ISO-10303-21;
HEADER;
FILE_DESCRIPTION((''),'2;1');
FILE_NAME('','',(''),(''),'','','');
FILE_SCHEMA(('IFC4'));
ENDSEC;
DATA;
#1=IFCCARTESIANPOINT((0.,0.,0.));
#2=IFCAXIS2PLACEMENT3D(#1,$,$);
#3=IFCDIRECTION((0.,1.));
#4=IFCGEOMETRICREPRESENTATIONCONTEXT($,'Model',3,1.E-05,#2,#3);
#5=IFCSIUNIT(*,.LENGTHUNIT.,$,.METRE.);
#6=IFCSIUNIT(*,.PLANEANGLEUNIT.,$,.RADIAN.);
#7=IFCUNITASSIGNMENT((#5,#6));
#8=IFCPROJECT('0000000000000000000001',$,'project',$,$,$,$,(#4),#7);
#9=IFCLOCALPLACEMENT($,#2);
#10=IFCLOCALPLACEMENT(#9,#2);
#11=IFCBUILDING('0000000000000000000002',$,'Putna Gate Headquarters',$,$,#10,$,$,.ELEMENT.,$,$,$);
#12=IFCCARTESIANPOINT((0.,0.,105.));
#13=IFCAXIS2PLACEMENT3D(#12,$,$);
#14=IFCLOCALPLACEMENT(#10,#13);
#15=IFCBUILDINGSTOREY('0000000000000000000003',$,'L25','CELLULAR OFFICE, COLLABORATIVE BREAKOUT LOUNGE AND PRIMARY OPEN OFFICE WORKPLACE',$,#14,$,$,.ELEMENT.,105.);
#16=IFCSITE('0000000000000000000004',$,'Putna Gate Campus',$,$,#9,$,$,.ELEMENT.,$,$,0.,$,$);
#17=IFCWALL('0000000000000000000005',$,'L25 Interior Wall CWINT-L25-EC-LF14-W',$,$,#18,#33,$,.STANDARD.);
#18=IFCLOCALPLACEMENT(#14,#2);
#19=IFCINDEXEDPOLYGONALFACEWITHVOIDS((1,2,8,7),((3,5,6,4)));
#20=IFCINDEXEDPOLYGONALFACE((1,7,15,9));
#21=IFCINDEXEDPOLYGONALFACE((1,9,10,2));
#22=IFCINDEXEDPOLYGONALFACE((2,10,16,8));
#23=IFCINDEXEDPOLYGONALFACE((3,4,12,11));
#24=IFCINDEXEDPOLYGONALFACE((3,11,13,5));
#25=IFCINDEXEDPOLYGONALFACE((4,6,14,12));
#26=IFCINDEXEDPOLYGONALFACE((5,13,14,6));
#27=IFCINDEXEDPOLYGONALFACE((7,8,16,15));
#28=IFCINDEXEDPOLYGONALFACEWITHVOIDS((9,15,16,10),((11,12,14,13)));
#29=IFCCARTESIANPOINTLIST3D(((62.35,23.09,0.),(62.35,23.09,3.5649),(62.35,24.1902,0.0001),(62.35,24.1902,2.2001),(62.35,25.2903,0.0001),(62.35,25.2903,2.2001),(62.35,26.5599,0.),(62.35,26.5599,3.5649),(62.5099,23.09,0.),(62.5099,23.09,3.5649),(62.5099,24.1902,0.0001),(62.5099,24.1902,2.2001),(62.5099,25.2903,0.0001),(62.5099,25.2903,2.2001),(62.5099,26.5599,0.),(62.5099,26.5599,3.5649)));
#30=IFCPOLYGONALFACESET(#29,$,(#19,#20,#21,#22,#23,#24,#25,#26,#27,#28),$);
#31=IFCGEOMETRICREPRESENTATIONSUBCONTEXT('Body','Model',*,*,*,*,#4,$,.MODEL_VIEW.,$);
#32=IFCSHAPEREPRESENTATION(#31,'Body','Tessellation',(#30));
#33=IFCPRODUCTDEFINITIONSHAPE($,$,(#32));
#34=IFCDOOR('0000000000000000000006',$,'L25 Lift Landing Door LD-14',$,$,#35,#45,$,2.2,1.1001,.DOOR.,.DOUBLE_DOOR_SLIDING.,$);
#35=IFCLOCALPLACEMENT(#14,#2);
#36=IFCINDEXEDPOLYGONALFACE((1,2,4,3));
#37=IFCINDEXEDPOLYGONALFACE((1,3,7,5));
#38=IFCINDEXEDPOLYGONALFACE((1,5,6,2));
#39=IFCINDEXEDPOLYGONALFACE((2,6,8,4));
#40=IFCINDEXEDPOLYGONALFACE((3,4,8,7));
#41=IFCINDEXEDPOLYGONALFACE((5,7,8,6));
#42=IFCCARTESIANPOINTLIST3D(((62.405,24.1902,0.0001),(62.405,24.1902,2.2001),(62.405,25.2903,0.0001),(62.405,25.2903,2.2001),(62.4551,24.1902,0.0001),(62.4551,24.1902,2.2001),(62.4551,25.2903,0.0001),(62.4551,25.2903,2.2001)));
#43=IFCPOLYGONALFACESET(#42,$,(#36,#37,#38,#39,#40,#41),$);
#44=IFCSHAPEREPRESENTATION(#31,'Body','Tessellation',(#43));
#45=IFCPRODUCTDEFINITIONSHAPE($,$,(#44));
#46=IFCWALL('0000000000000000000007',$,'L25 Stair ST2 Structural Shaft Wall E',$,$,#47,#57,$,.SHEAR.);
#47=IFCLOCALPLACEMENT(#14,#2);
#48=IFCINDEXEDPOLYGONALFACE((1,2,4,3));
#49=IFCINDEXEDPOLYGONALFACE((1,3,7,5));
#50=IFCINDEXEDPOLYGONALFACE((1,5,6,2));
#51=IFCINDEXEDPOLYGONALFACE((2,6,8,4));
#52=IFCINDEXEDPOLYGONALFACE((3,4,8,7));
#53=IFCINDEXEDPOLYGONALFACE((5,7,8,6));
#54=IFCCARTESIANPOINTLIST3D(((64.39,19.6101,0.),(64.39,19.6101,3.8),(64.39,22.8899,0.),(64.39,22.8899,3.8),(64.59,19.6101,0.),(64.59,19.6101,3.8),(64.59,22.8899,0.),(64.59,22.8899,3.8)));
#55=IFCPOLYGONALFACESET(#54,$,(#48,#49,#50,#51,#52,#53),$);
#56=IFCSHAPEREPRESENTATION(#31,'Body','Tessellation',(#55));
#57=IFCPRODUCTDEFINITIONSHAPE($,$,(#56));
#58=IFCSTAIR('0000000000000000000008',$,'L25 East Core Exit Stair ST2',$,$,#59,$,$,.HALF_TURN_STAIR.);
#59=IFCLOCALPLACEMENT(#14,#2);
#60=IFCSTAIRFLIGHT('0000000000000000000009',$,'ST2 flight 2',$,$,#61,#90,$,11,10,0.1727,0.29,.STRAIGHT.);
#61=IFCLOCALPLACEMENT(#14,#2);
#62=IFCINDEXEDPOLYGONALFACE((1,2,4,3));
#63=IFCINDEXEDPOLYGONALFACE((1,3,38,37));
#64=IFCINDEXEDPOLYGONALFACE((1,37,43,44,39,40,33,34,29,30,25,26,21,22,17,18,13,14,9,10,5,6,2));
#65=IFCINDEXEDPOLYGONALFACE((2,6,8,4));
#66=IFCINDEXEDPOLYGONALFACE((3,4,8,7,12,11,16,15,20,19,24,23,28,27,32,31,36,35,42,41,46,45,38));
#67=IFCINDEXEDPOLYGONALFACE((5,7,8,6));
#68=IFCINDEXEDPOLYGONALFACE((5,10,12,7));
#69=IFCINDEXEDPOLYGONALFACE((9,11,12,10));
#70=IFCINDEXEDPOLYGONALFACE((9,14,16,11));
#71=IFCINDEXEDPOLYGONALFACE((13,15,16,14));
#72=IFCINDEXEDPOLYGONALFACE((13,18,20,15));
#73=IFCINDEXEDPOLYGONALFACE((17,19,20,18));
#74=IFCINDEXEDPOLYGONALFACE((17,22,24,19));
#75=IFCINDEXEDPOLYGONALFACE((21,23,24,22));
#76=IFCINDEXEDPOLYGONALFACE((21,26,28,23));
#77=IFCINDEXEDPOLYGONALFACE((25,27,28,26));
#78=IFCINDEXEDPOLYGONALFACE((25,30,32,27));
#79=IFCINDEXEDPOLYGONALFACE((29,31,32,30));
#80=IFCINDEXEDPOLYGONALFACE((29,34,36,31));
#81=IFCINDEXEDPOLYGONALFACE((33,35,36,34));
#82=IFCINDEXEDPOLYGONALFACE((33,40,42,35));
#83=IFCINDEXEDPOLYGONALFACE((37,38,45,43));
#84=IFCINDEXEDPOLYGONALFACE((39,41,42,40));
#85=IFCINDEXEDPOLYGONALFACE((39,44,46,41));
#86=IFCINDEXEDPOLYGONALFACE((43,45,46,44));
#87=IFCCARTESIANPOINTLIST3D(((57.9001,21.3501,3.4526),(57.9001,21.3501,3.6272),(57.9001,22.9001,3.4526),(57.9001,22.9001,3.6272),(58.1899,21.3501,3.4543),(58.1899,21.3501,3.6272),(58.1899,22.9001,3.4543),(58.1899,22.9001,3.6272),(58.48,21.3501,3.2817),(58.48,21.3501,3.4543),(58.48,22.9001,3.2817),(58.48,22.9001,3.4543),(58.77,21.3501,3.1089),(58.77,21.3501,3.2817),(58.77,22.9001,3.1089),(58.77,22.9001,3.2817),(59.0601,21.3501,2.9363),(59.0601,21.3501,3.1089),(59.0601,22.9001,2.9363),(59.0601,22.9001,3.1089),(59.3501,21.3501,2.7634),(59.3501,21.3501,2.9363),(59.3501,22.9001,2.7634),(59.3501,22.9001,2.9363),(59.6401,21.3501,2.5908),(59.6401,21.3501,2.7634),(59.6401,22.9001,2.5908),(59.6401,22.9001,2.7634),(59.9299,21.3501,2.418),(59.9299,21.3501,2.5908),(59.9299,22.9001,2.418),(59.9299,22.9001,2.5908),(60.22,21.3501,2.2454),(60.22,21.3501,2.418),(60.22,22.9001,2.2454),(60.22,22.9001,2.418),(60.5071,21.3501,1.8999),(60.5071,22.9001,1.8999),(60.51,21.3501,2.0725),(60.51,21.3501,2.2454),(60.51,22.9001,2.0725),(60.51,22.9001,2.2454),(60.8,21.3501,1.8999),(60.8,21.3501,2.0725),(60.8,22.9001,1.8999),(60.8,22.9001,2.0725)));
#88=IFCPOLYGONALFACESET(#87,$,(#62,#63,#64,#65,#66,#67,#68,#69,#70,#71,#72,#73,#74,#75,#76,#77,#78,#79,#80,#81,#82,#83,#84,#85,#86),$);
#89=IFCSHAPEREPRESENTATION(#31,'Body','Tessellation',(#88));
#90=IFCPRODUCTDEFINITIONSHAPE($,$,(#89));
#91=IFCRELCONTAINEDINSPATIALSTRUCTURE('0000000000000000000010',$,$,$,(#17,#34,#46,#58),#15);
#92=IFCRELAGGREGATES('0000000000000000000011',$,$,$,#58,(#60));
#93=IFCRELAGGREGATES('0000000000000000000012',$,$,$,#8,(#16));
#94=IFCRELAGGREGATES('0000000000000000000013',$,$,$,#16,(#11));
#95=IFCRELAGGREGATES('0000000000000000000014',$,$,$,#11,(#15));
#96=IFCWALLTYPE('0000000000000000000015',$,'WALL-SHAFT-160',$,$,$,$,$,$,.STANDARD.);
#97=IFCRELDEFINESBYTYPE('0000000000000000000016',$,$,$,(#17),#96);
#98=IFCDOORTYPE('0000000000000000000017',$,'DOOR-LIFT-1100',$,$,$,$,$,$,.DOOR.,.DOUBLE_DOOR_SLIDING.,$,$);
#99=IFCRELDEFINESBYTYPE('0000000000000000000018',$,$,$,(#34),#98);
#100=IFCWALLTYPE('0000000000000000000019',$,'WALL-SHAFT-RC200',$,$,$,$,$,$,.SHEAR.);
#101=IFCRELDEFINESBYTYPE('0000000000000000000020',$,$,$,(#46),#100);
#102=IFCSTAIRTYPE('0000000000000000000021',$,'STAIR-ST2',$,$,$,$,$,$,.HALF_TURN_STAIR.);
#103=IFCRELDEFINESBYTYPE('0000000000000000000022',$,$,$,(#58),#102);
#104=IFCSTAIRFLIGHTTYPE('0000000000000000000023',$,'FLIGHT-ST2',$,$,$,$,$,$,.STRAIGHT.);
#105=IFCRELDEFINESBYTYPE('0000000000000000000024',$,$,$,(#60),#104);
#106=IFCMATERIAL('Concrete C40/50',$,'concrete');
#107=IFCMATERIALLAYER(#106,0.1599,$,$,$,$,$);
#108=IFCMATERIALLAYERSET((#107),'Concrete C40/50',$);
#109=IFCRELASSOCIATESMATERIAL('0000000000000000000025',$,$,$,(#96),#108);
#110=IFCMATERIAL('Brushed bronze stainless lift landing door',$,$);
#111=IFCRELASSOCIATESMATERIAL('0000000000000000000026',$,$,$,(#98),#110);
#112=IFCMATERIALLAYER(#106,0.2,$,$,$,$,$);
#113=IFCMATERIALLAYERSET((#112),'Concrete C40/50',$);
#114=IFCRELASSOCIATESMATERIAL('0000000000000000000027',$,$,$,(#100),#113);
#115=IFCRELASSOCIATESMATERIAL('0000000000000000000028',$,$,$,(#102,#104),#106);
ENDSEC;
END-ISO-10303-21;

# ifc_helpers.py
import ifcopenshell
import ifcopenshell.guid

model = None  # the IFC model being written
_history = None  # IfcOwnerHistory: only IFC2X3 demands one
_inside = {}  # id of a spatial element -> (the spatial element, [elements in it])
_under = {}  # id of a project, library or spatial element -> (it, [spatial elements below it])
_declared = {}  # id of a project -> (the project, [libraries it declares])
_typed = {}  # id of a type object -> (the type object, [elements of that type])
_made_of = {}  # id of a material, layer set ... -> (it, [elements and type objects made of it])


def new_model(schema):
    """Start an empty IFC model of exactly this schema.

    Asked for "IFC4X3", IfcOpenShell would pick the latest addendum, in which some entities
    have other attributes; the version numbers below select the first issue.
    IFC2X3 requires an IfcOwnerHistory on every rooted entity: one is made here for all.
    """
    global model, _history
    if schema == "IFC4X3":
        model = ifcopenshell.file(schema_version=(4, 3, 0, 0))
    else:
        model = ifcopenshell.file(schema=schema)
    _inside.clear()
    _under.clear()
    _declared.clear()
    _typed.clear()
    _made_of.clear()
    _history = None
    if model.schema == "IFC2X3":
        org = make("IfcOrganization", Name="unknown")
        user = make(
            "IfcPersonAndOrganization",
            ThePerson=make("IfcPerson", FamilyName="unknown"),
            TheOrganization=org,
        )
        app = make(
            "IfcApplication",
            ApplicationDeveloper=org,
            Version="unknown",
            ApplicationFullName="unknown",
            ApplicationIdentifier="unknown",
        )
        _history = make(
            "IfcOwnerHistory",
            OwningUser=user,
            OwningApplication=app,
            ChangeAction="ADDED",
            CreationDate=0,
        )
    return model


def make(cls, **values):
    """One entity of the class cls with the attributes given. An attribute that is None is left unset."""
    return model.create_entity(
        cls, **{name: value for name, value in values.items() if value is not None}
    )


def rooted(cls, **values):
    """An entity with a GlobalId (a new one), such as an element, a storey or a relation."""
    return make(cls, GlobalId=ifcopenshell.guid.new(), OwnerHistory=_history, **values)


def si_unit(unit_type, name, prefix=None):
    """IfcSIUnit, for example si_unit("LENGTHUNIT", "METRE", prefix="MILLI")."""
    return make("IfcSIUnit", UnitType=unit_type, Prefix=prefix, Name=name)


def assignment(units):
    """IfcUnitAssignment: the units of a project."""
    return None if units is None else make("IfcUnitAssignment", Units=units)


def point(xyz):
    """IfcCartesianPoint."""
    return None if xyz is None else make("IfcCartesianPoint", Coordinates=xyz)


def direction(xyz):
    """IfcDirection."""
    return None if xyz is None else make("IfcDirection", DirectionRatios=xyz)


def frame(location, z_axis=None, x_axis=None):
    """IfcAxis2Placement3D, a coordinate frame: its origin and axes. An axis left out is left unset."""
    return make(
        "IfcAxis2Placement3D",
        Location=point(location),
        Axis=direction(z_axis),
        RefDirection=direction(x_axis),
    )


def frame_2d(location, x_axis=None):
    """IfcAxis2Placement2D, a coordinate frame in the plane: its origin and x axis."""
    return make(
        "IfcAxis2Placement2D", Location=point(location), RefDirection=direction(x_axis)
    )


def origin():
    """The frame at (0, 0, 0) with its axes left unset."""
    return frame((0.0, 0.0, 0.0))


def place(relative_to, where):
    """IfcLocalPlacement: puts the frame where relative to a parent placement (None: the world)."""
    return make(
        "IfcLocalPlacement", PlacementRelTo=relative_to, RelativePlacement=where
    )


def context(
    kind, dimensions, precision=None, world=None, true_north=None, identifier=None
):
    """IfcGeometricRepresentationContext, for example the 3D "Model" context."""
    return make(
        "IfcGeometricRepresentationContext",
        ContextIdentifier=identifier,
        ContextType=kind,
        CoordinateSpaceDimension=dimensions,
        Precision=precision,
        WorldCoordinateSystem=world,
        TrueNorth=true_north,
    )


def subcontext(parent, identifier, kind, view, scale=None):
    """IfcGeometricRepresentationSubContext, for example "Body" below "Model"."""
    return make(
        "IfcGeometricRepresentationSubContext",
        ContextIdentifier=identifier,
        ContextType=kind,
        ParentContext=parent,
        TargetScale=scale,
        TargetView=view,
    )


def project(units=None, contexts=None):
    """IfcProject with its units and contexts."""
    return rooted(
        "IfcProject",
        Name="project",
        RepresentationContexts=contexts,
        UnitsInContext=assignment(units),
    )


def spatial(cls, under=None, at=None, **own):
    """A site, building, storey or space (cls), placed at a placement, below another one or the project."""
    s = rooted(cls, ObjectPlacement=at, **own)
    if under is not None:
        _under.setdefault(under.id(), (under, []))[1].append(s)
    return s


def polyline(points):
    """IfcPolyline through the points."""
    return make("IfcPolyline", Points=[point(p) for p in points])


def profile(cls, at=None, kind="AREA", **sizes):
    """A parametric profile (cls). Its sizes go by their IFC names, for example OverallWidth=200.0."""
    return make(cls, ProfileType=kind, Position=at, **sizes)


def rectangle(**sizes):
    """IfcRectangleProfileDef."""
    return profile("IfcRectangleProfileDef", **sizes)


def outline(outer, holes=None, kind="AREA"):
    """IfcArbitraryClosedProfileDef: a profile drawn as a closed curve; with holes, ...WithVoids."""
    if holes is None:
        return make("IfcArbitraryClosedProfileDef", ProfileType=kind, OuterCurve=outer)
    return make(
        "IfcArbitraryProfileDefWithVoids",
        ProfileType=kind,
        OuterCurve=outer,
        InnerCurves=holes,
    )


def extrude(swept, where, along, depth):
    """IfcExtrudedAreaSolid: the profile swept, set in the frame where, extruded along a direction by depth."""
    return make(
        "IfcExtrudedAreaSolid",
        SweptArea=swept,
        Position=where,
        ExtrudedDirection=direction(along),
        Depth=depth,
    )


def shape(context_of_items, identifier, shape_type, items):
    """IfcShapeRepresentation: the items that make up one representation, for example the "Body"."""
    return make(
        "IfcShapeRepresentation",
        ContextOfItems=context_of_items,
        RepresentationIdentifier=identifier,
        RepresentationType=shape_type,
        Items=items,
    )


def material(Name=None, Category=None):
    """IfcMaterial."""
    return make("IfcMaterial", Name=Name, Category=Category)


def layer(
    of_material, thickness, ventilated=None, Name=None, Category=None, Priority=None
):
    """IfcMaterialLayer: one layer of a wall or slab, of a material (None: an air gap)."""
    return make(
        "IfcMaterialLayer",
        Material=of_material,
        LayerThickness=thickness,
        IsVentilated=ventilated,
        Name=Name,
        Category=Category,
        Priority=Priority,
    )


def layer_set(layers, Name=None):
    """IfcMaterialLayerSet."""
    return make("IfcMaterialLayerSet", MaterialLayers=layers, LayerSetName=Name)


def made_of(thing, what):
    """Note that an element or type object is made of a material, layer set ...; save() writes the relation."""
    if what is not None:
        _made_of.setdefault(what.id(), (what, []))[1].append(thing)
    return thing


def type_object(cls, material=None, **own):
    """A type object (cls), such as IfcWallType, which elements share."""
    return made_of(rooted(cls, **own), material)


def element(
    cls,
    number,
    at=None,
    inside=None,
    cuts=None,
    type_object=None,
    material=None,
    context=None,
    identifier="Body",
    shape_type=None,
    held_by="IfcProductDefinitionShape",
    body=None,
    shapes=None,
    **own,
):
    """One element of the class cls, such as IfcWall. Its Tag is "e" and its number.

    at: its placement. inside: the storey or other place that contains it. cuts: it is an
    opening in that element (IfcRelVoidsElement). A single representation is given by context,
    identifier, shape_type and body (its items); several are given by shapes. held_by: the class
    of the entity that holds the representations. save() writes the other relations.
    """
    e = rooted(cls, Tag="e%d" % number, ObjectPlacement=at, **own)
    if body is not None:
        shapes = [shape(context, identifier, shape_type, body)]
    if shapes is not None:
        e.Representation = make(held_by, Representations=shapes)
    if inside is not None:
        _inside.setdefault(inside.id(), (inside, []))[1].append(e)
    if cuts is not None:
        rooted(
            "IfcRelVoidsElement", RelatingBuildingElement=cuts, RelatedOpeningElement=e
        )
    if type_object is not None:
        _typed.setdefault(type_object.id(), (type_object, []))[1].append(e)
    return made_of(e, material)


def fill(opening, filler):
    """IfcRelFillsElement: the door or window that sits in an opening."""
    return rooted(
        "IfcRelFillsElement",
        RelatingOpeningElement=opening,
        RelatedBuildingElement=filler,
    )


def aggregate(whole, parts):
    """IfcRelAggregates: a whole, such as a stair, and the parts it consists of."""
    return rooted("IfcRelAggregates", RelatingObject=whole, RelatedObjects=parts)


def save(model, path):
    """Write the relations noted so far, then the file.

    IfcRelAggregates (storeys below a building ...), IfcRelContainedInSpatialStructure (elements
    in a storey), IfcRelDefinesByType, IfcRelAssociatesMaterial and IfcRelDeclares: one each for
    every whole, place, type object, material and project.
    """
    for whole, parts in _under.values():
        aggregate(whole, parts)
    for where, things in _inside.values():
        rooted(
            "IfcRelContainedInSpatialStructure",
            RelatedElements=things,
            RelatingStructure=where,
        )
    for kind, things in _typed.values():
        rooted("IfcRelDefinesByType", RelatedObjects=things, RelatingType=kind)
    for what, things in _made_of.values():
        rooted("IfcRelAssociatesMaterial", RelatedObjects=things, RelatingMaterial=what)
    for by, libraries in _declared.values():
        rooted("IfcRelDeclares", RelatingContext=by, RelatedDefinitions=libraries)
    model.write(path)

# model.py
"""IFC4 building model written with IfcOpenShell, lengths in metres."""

from ifc_helpers import new_model, si_unit, direction, frame, frame_2d, origin, place, context, subcontext, project, spatial, polyline, rectangle, outline, extrude, material, layer, layer_set, type_object, element, fill, aggregate, save


model = new_model("IFC4")

# Units and contexts
model_context = context("Model", 3, precision=1e-05, world=origin(), true_north=direction((0.0, 1.0)))
body_context = subcontext(model_context, "Body", "Model", "MODEL_VIEW")
ifc_project = project(units=[si_unit("LENGTHUNIT", "METRE"), si_unit("PLANEANGLEUNIT", "RADIAN")], contexts=[model_context])

# Site, building, storey
site_placement = place(None, origin())
site = spatial("IfcSite", under=ifc_project, at=site_placement, Name="Putna Gate Campus", CompositionType="ELEMENT", RefElevation=0.0)
building_placement = place(site_placement, origin())
building = spatial("IfcBuilding", under=site, at=building_placement, Name="Putna Gate Headquarters", CompositionType="ELEMENT")
storey_placement = place(building_placement, frame((0.0, 0.0, 105.0)))
storey = spatial("IfcBuildingStorey", under=building, at=storey_placement, Name="L25", Description="CELLULAR OFFICE, COLLABORATIVE BREAKOUT LOUNGE AND PRIMARY OPEN OFFICE WORKPLACE", CompositionType="ELEMENT", Elevation=105.0)

# Wall, opening, door
ifc_material_1 = material(Name="Concrete C40/50", Category="concrete")
ifc_layer_1 = layer(ifc_material_1, 0.1599)
ifc_layer_set_1 = layer_set([ifc_layer_1], Name="Concrete C40/50")
wall_type_1 = type_object("IfcWallType", Name="WALL-SHAFT-160", PredefinedType="STANDARD", material=ifc_layer_set_1)
wall_1_placement = place(storey_placement, frame((62.4299, 23.0901, 0.0), z_axis=(0.0, 0.0, 1.0), x_axis=(0.0, 1.0, 0.0)))
wall_1 = element("IfcWall", 1, at=wall_1_placement, inside=storey, type_object=wall_type_1, Name="L25 Interior Wall CWINT-L25-EC-LF14-W", PredefinedType="STANDARD", context=body_context, shape_type="SweptSolid", body=[
    extrude(rectangle(XDim=3.47, YDim=0.1599, at=frame_2d((1.7349, 0.0))), origin(), (0.0, 0.0, 1.0), 3.5649),
])
opening_1_placement = place(wall_1_placement, frame((1.1001, 0.0, 0.0)))
opening_1 = element("IfcOpeningElement", 2, at=opening_1_placement, cuts=wall_1, PredefinedType="OPENING", context=body_context, shape_type="SweptSolid", body=[
    extrude(rectangle(XDim=1.1001, YDim=2.2, at=frame_2d((0.55, 1.1001))), frame((0.0, 0.0898, 0.0), z_axis=(0.0, -1.0, 0.0), x_axis=(1.0, 0.0, 0.0)), (0.0, 0.0, 1.0), 0.1799),
])
ifc_material_2 = material(Name="Brushed bronze stainless lift landing door")
door_type_1 = type_object("IfcDoorType", Name="DOOR-LIFT-1100", OperationType="DOUBLE_DOOR_SLIDING", PredefinedType="DOOR", material=ifc_material_2)
door_1_placement = place(opening_1_placement, origin())
door_1 = element("IfcDoor", 3, at=door_1_placement, inside=storey, type_object=door_type_1, Name="L25 Lift Landing Door LD-14", OperationType="DOUBLE_DOOR_SLIDING", OverallHeight=2.2, OverallWidth=1.1001, PredefinedType="DOOR", context=body_context, shape_type="SweptSolid", body=[
    extrude(rectangle(XDim=1.1001, YDim=2.2, at=frame_2d((0.55, 1.1001))), frame((0.0, 0.0249, 0.0), z_axis=(0.0, -1.0, 0.0), x_axis=(1.0, 0.0, 0.0)), (0.0, 0.0, 1.0), 0.05),
])
fill(opening_1, door_1)

# Wall
ifc_layer_2 = layer(ifc_material_1, 0.2)
ifc_layer_set_2 = layer_set([ifc_layer_2], Name="Concrete C40/50")
wall_type_2 = type_object("IfcWallType", Name="WALL-SHAFT-RC200", PredefinedType="SHEAR", material=ifc_layer_set_2)
wall_2_placement = place(storey_placement, frame((64.49, 19.6101, 0.0), z_axis=(0.0, 0.0, 1.0), x_axis=(0.0, 1.0, 0.0)))
element("IfcWall", 4, at=wall_2_placement, inside=storey, type_object=wall_type_2, Name="L25 Stair ST2 Structural Shaft Wall E", PredefinedType="SHEAR", context=body_context, shape_type="SweptSolid", body=[
    extrude(rectangle(XDim=3.2798, YDim=0.2, at=frame_2d((1.6399, 0.0))), origin(), (0.0, 0.0, 1.0), 3.8),
])

# Stair, stair flight
stair_type = type_object("IfcStairType", Name="STAIR-ST2", PredefinedType="HALF_TURN_STAIR", material=ifc_material_1)
stair_placement = place(storey_placement, origin())
stair = element("IfcStair", 5, at=stair_placement, inside=storey, type_object=stair_type, Name="L25 East Core Exit Stair ST2", PredefinedType="HALF_TURN_STAIR")
stair_flight_type = type_object("IfcStairFlightType", Name="FLIGHT-ST2", PredefinedType="STRAIGHT", material=ifc_material_1)
stair_flight_placement = place(storey_placement, frame((60.8, 22.125, 1.8999), z_axis=(0.0, 0.0, 1.0), x_axis=(-1.0, 0.0, 0.0)))
stair_flight = element("IfcStairFlight", 6, at=stair_flight_placement, type_object=stair_flight_type, Name="ST2 flight 2", NumberOfRisers=11, NumberOfTreads=10, PredefinedType="STRAIGHT", RiserHeight=0.1727, TreadLength=0.29, context=body_context, shape_type="SweptSolid", body=[
    extrude(outline(polyline([(0.0, 0.0), (0.0, 0.1726), (0.29, 0.1726), (0.29, 0.3455), (0.5801, 0.3455), (0.5801, 0.5181), (0.8701, 0.5181), (0.8701, 0.6909), (1.1599, 0.6909), (1.1599, 0.8635), (1.45, 0.8635), (1.45, 1.0364), (1.74, 1.0364), (1.74, 1.209), (2.03, 1.209), (2.03, 1.3818), (2.3201, 1.3818), (2.3201, 1.5544), (2.6101, 1.5544), (2.6101, 1.7273), (2.8999, 1.7273), (2.8999, 1.8999), (2.8999, 1.5527), (0.293, 0.0), (0.0, 0.0)])), frame((0.0, 0.7749, 0.0), z_axis=(0.0, -1.0, 0.0), x_axis=(1.0, 0.0, 0.0)), (0.0, 0.0, 1.0), 1.55),
])
aggregate(stair, [stair_flight])

save(model, "model.ifc")
